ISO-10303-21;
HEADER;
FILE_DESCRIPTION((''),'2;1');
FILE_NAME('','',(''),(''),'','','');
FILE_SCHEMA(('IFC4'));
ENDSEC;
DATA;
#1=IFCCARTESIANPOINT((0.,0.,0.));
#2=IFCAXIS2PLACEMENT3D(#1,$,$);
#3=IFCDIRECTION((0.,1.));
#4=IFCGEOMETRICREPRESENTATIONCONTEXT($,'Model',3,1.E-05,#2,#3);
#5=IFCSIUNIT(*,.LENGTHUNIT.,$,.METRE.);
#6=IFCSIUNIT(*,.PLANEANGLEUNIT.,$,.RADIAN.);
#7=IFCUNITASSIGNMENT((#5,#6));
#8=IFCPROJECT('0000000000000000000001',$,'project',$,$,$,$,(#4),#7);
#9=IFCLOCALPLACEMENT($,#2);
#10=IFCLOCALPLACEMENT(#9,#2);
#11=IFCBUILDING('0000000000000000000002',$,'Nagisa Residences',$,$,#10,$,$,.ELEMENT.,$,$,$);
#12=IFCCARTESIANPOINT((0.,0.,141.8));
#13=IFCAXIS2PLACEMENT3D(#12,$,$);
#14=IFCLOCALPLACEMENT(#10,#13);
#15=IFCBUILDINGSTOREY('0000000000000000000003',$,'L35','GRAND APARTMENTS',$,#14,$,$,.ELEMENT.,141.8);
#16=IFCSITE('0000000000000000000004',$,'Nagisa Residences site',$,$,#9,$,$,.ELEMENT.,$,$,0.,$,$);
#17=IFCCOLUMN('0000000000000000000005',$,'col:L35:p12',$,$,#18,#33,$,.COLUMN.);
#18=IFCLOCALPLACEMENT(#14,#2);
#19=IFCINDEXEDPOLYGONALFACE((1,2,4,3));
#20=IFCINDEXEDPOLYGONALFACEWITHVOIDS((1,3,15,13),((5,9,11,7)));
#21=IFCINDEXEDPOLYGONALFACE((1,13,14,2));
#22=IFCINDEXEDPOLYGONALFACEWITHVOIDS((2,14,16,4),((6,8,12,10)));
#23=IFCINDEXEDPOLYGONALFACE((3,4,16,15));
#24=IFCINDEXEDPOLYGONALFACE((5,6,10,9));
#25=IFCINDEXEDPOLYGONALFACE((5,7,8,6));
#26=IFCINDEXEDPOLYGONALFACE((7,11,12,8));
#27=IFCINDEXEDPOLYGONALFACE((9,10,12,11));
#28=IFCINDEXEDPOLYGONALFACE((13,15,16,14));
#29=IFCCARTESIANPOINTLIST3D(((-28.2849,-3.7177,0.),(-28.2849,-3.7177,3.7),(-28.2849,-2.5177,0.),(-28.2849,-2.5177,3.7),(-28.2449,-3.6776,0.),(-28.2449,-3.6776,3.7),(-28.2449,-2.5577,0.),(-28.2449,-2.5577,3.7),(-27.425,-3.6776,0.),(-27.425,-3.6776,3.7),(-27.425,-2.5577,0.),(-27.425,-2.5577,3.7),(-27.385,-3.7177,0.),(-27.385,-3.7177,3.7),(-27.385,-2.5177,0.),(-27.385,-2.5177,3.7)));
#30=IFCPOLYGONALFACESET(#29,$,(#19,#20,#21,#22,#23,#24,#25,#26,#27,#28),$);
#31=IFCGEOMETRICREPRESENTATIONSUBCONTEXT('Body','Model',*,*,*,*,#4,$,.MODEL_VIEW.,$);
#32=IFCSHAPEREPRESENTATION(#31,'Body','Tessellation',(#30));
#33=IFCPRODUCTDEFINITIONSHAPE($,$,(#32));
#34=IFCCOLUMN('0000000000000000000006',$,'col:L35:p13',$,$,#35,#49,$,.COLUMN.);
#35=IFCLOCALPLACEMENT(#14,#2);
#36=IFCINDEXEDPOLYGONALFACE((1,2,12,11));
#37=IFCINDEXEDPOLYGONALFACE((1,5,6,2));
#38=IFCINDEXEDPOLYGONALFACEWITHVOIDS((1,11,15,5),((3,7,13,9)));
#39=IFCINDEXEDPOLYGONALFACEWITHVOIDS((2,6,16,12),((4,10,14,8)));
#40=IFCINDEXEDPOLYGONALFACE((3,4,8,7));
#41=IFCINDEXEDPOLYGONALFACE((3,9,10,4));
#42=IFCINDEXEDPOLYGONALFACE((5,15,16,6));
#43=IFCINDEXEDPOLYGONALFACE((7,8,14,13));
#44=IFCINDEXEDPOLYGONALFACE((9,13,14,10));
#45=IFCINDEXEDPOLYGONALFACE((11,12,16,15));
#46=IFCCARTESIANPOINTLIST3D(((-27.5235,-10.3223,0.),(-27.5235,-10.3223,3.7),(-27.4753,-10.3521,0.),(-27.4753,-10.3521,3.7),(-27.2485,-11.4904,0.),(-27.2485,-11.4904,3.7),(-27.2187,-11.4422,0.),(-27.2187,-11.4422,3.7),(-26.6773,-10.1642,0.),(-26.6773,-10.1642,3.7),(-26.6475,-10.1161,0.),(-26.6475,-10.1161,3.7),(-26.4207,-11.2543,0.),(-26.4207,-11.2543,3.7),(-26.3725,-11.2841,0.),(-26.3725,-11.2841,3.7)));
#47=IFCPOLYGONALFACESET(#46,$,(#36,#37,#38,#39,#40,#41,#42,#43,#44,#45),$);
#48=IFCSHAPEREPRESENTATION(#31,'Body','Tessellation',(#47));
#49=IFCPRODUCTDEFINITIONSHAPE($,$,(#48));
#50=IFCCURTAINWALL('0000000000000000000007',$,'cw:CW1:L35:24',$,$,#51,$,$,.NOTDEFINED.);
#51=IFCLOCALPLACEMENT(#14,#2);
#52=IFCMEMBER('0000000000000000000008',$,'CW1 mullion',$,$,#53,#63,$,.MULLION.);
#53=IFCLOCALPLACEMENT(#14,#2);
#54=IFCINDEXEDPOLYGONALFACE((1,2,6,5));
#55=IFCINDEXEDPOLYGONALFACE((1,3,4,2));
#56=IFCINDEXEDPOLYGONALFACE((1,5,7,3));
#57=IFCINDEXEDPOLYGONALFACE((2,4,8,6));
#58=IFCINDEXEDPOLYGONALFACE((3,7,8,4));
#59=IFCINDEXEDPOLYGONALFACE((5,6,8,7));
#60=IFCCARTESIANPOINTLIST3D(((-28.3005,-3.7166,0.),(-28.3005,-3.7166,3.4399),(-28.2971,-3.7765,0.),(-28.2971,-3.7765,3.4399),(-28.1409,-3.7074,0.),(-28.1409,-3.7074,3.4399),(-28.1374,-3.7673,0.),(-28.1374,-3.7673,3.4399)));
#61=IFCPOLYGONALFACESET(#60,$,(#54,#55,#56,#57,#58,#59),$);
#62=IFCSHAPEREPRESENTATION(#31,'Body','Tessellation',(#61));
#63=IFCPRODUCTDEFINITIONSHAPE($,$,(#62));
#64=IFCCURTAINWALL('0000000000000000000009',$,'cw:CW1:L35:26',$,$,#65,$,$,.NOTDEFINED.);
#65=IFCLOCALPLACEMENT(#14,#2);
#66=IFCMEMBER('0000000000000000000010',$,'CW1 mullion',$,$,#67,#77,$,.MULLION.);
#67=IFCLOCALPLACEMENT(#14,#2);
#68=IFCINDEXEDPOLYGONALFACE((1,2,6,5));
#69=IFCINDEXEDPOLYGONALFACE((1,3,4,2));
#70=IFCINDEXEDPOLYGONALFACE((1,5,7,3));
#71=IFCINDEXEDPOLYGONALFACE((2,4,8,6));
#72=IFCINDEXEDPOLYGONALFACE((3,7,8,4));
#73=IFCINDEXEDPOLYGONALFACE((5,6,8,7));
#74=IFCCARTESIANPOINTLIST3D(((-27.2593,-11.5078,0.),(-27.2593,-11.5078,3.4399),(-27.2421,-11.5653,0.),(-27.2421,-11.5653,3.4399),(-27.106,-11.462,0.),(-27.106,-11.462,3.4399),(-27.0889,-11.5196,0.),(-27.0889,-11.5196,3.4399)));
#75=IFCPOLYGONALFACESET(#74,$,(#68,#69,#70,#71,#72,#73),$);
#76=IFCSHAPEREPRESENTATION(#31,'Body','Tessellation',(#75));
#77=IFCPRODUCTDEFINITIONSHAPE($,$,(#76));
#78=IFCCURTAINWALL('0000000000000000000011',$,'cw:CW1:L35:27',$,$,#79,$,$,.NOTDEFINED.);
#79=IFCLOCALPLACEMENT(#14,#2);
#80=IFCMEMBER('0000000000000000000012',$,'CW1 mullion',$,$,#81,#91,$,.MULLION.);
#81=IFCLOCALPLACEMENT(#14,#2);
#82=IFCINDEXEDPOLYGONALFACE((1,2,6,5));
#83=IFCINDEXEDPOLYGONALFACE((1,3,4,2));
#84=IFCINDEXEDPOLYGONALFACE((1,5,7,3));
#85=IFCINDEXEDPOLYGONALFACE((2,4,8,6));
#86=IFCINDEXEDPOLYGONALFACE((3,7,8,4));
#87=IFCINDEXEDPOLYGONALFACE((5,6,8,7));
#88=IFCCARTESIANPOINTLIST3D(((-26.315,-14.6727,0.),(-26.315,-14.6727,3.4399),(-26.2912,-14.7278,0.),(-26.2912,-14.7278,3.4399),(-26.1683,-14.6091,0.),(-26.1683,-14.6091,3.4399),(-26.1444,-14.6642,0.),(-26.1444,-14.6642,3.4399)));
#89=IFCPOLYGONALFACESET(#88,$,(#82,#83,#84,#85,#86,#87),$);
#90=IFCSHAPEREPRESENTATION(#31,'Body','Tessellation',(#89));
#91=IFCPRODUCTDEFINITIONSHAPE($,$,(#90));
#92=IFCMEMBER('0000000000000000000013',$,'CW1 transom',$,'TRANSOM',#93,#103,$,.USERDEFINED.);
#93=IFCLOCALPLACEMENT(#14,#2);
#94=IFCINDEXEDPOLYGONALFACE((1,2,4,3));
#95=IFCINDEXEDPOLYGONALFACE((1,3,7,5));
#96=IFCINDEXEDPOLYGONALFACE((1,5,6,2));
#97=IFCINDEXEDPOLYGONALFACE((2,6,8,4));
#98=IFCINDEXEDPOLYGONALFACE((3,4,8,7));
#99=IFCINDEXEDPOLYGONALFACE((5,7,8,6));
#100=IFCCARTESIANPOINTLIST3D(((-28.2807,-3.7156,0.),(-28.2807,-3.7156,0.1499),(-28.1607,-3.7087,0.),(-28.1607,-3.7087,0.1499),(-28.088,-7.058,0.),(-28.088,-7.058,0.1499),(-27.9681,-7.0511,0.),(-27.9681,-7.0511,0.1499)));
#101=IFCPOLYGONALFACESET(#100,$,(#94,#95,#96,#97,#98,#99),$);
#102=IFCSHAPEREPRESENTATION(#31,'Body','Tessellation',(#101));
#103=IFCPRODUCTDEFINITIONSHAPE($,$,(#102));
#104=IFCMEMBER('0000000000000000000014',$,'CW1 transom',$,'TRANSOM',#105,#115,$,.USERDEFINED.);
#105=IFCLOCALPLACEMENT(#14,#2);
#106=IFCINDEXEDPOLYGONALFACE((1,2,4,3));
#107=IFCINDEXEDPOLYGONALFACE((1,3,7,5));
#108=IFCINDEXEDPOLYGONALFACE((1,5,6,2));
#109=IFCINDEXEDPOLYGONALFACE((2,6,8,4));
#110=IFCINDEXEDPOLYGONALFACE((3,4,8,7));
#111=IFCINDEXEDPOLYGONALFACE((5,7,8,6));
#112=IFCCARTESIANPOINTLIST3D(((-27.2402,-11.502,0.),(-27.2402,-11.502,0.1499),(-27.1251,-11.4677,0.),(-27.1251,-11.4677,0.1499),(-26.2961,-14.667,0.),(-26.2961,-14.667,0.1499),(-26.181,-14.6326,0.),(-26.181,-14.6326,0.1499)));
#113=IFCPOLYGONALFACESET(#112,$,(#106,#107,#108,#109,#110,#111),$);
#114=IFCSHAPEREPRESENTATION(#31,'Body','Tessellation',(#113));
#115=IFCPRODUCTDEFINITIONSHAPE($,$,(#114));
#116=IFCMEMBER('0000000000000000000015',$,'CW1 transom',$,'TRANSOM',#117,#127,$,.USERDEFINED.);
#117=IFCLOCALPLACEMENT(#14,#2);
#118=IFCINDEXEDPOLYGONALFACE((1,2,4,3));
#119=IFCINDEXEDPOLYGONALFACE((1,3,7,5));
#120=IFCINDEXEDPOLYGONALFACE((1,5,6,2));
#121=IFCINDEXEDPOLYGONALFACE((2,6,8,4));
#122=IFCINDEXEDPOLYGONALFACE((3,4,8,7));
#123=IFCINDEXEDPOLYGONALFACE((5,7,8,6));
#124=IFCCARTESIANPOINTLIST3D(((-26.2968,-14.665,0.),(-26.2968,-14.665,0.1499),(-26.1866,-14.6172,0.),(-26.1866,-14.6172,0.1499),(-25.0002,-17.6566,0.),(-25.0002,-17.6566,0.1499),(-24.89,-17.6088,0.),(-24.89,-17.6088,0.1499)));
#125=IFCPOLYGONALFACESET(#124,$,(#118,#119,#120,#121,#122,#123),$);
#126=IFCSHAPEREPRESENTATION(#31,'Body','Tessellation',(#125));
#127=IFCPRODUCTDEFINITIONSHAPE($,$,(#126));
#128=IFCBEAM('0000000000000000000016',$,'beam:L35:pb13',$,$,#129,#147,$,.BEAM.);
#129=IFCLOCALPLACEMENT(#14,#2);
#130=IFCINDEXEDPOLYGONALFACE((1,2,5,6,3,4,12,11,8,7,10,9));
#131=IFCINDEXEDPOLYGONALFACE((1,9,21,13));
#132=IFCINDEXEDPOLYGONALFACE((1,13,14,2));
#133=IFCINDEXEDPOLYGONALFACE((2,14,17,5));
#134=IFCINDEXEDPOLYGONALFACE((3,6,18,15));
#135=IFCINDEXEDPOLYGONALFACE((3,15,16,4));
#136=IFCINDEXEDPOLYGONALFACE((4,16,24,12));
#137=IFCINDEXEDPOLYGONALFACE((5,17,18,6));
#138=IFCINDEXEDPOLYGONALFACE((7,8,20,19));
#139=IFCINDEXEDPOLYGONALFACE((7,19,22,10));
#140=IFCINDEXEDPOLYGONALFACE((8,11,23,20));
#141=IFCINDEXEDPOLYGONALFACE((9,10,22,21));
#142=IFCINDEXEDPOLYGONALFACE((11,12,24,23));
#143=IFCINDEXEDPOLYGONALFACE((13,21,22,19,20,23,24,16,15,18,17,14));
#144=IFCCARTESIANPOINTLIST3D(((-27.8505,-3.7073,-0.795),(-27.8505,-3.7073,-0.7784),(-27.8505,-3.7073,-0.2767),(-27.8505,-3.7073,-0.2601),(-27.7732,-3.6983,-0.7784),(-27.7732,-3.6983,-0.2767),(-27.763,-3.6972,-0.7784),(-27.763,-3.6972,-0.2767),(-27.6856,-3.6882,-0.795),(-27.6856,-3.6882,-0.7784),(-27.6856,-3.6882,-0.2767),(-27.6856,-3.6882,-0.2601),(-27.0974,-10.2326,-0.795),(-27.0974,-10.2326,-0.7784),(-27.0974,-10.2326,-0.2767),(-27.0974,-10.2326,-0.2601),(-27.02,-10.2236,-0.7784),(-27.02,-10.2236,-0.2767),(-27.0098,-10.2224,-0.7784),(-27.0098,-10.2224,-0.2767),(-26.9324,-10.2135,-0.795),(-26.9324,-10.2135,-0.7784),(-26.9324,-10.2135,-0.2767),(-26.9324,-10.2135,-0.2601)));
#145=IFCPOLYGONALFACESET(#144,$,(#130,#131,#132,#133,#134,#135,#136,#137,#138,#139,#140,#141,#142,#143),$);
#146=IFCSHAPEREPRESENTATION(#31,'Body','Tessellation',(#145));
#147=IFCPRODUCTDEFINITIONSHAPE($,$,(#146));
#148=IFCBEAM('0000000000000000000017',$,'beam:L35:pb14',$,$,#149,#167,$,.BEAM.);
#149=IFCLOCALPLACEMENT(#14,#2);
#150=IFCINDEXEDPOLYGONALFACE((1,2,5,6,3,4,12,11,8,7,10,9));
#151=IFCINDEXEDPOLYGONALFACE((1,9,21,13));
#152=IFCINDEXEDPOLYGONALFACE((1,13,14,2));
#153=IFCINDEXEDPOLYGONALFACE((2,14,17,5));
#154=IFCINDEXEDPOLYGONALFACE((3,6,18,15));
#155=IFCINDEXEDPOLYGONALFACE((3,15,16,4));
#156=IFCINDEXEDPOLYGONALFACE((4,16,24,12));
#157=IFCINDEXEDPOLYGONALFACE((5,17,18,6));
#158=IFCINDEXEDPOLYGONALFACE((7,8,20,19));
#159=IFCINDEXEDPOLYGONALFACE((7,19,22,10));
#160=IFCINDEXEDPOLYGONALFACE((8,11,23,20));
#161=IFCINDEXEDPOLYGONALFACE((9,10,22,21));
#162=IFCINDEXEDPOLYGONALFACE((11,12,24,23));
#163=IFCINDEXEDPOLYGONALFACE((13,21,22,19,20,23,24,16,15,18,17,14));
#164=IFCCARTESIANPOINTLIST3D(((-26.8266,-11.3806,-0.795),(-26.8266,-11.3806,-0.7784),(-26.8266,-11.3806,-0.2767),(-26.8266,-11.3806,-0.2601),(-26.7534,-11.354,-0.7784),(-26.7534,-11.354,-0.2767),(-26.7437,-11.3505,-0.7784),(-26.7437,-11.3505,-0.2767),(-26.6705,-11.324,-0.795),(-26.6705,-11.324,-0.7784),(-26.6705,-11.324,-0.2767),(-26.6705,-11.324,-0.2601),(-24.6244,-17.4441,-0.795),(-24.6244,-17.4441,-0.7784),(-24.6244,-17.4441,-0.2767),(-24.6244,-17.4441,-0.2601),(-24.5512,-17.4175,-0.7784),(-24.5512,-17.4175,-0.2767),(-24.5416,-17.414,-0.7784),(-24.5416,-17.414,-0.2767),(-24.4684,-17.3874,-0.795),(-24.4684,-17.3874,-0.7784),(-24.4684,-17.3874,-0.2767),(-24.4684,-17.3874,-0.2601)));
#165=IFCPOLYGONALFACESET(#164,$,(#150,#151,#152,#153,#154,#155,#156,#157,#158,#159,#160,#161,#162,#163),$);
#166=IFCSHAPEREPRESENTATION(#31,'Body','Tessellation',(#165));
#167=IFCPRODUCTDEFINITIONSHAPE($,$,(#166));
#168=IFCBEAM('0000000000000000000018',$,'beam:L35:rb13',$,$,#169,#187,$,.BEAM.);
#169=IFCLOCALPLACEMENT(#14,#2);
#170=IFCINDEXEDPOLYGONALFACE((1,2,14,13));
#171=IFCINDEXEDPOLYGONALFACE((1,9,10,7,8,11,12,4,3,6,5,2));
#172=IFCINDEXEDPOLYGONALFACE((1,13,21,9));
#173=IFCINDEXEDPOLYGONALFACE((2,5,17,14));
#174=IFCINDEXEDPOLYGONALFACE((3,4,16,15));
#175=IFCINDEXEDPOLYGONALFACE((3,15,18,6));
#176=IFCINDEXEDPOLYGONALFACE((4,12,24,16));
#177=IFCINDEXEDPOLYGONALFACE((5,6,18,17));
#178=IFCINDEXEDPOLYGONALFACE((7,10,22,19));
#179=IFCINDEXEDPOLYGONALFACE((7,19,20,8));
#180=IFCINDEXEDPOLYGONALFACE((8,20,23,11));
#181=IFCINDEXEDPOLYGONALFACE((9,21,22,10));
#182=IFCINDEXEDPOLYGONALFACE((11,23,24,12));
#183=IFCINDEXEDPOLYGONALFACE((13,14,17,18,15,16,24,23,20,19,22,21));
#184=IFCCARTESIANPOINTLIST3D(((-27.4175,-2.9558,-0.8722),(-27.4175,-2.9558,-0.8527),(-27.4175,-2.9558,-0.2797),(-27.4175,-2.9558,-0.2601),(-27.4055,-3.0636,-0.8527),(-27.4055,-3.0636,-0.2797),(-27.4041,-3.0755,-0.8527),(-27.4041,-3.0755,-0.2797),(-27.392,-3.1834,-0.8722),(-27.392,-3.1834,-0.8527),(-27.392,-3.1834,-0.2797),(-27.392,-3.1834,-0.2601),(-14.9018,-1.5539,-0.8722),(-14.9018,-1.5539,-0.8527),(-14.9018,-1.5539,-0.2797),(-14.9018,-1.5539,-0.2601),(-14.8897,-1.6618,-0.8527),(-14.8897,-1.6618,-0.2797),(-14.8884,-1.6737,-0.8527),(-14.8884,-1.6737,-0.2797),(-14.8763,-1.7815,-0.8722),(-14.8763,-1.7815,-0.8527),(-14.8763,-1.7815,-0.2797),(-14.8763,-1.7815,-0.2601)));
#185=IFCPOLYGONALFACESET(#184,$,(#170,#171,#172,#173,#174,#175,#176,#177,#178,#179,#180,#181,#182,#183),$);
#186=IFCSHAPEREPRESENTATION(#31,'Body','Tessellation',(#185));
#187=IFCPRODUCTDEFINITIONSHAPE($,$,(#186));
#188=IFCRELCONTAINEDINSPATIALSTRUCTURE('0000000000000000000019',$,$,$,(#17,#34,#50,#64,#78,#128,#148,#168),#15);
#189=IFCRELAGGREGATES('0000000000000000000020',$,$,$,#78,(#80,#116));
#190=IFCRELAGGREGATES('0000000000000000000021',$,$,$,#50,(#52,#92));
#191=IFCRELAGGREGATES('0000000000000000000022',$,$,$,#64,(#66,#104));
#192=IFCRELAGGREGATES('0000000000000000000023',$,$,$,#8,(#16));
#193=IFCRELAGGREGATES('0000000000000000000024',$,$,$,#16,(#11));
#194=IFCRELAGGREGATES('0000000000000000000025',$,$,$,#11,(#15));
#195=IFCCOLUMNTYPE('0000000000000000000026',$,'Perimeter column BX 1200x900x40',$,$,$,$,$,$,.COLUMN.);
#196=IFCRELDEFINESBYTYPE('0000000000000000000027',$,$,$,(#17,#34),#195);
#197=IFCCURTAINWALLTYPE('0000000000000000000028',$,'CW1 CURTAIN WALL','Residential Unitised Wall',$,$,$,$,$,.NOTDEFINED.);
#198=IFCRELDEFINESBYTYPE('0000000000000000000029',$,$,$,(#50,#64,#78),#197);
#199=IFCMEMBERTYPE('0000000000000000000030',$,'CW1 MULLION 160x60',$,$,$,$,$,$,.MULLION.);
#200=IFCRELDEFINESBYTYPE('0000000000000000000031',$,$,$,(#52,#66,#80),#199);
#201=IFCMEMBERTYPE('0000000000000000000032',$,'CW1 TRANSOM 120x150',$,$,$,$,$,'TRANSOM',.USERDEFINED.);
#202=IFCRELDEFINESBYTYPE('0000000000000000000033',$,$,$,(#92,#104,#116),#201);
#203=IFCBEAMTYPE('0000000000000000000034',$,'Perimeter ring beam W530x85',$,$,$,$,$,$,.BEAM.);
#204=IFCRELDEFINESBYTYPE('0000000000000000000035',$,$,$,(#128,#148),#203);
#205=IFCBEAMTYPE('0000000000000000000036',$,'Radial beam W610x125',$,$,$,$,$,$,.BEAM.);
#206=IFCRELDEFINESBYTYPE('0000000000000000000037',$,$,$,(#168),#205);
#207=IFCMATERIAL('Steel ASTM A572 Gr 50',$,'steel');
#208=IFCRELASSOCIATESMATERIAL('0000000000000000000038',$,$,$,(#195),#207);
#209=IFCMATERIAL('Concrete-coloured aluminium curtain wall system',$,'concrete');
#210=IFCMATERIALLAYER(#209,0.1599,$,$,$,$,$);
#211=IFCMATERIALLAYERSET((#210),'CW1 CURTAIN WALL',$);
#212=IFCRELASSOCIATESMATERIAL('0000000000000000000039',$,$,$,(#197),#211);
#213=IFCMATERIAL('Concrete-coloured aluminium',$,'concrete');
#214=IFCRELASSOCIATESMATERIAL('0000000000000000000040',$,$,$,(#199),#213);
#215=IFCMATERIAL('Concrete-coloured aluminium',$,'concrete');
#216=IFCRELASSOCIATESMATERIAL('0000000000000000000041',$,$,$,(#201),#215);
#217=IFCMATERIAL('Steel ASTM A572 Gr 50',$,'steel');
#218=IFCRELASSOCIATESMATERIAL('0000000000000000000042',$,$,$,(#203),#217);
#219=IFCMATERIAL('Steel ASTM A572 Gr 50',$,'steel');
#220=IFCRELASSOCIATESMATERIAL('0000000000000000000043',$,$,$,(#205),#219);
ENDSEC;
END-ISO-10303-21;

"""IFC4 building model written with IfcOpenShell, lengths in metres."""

from ifc_helpers import new_model, si_unit, direction, frame, origin, origin_2d, place, context, subcontext, project, spatial, rectangle, hollow_rectangle, i_section, extrude, material, layer, layer_set, material_profile, profile_set, type_object, element, aggregate, save


model = new_model("IFC4")

# Units and contexts
model_context = context("Model", 3, precision=1e-05, world=origin(), true_north=direction((0.0, 1.0)))
body_context = subcontext(model_context, "Body", "Model", "MODEL_VIEW")
ifc_project = project(units=[si_unit("LENGTHUNIT", "METRE"), si_unit("PLANEANGLEUNIT", "RADIAN")], contexts=[model_context])

# Site, building, storey
site_placement = place(None, origin())
site = spatial("IfcSite", under=ifc_project, at=site_placement, Name="Nagisa Residences site", CompositionType="ELEMENT", RefElevation=0.0)
building_placement = place(site_placement, origin())
building = spatial("IfcBuilding", under=site, at=building_placement, Name="Nagisa Residences", CompositionType="ELEMENT")
storey_placement = place(building_placement, frame((0.0, 0.0, 141.8)))
storey = spatial("IfcBuildingStorey", under=building, at=storey_placement, Name="L35", Description="GRAND APARTMENTS", CompositionType="ELEMENT", Elevation=141.8)

# Columns
ifc_material_1 = material(Name="Steel ASTM A572 Gr 50", Category="steel")
ifc_material_profile_1 = material_profile(ifc_material_1, hollow_rectangle(XDim=1.2, YDim=0.8999, WallThickness=0.04, at=origin_2d()), Name="BX 1200x900x40")
ifc_profile_set_1 = profile_set([ifc_material_profile_1], Name="Steel ASTM A572 Gr 50")
column_type = type_object("IfcColumnType", Name="Perimeter column BX 1200x900x40", PredefinedType="COLUMN", material=ifc_profile_set_1)
for number, where, z_axis, x_axis, name in (
    (1, (-27.835, -3.1177, 0.0), (0.0, 0.0, 1.0), (0.0, -1.0, 0.0), "col:L35:p12"),
    (2, (-26.948, -10.8032, 0.0), (0.0, 0.0, 1.0), (0.229202, -0.973379, 0.0), "col:L35:p13"),
):
    element("IfcColumn", number, at=place(storey_placement, frame(where, z_axis=z_axis, x_axis=x_axis)), inside=storey, type_object=column_type, Name=name, PredefinedType="COLUMN", context=body_context, shape_type="SweptSolid", body=[
        extrude(hollow_rectangle(XDim=1.2, YDim=0.8999, WallThickness=0.04, at=origin_2d()), origin(), (0.0, 0.0, 1.0), 3.7),
    ])

# Curtain walls, members
ifc_material_2 = material(Name="Concrete-coloured aluminium curtain wall system", Category="concrete")
ifc_layer_1 = layer(ifc_material_2, 0.1599)
ifc_layer_set_1 = layer_set([ifc_layer_1], Name="CW1 CURTAIN WALL")
curtain_wall_type = type_object("IfcCurtainWallType", Name="CW1 CURTAIN WALL", Description="Residential Unitised Wall", PredefinedType="NOTDEFINED", material=ifc_layer_set_1)
curtain_wall_1_placement = place(storey_placement, origin())
curtain_wall_1 = element("IfcCurtainWall", 3, at=curtain_wall_1_placement, inside=storey, type_object=curtain_wall_type, Name="cw:CW1:L35:24", PredefinedType="NOTDEFINED")
ifc_material_3 = material(Name="Concrete-coloured aluminium", Category="concrete")
ifc_material_profile_2 = material_profile(ifc_material_3, rectangle(XDim=0.1599, YDim=0.0601, at=origin_2d()), Name="CW1 MULLION 160x60")
ifc_profile_set_2 = profile_set([ifc_material_profile_2], Name="Concrete-coloured aluminium")
member_type_1 = type_object("IfcMemberType", Name="CW1 MULLION 160x60", PredefinedType="MULLION", material=ifc_profile_set_2)
member_1_placement = place(storey_placement, frame((-28.219, -3.7419, 0.0), z_axis=(0.0, 0.0, 1.0), x_axis=(0.998345, 0.057503, 0.0)))
member_1 = element("IfcMember", 4, at=member_1_placement, type_object=member_type_1, Name="CW1 mullion", PredefinedType="MULLION", context=body_context, shape_type="SweptSolid", body=[
    extrude(rectangle(XDim=0.1599, YDim=0.0601, at=origin_2d()), origin(), (0.0, 0.0, 1.0), 3.4399),
])
curtain_wall_2_placement = place(storey_placement, origin())
curtain_wall_2 = element("IfcCurtainWall", 5, at=curtain_wall_2_placement, inside=storey, type_object=curtain_wall_type, Name="cw:CW1:L35:26", PredefinedType="NOTDEFINED")
member_2_placement = place(storey_placement, frame((-27.1741, -11.5137, 0.0), z_axis=(0.0, 0.0, 1.0), x_axis=(0.958271, 0.28586, 0.0)))
member_2 = element("IfcMember", 6, at=member_2_placement, type_object=member_type_1, Name="CW1 mullion", PredefinedType="MULLION", context=body_context, shape_type="SweptSolid", body=[
    extrude(rectangle(XDim=0.1599, YDim=0.0601, at=origin_2d()), origin(), (0.0, 0.0, 1.0), 3.4399),
])
curtain_wall_3_placement = place(storey_placement, origin())
curtain_wall_3 = element("IfcCurtainWall", 7, at=curtain_wall_3_placement, inside=storey, type_object=curtain_wall_type, Name="cw:CW1:L35:27", PredefinedType="NOTDEFINED")
member_3_placement = place(storey_placement, frame((-26.2297, -14.6685, 0.0), z_axis=(0.0, 0.0, 1.0), x_axis=(0.917543, 0.397636, 0.0)))
member_3 = element("IfcMember", 8, at=member_3_placement, type_object=member_type_1, Name="CW1 mullion", PredefinedType="MULLION", context=body_context, shape_type="SweptSolid", body=[
    extrude(rectangle(XDim=0.1599, YDim=0.0601, at=origin_2d()), origin(), (0.0, 0.0, 1.0), 3.4399),
])

# Members
ifc_material_4 = material(Name="Concrete-coloured aluminium", Category="concrete")
ifc_material_profile_3 = material_profile(ifc_material_4, rectangle(XDim=0.1201, YDim=0.1499, at=origin_2d()), Name="CW1 TRANSOM 120x150")
ifc_profile_set_3 = profile_set([ifc_material_profile_3], Name="Concrete-coloured aluminium")
member_type_2 = type_object("IfcMemberType", Name="CW1 TRANSOM 120x150", ElementType="TRANSOM", PredefinedType="USERDEFINED", material=ifc_profile_set_3)
member_4_placement = place(storey_placement, frame((-28.2207, -3.7122, 0.075), z_axis=(0.057538, -0.998343, 0.0), x_axis=(0.998343, 0.057538, 0.0)))
member_4 = element("IfcMember", 9, at=member_4_placement, type_object=member_type_2, Name="CW1 transom", ObjectType="TRANSOM", PredefinedType="USERDEFINED", context=body_context, shape_type="SweptSolid", body=[
    extrude(rectangle(XDim=0.1201, YDim=0.1499, at=origin_2d()), origin(), (0.0, 0.0, 1.0), 3.3479),
])
member_5_placement = place(storey_placement, frame((-27.1826, -11.4849, 0.075), z_axis=(0.285842, -0.958277, 0.0), x_axis=(0.958277, 0.285842, 0.0)))
member_5 = element("IfcMember", 10, at=member_5_placement, type_object=member_type_2, Name="CW1 transom", ObjectType="TRANSOM", PredefinedType="USERDEFINED", context=body_context, shape_type="SweptSolid", body=[
    extrude(rectangle(XDim=0.1201, YDim=0.1499, at=origin_2d()), origin(), (0.0, 0.0, 1.0), 3.3027),
])
member_6_placement = place(storey_placement, frame((-26.2417, -14.6411, 0.075), z_axis=(0.397666, -0.91753, 0.0), x_axis=(0.91753, 0.397666, 0.0)))
member_6 = element("IfcMember", 11, at=member_6_placement, type_object=member_type_2, Name="CW1 transom", ObjectType="TRANSOM", PredefinedType="USERDEFINED", context=body_context, shape_type="SweptSolid", body=[
    extrude(rectangle(XDim=0.1201, YDim=0.1499, at=origin_2d()), origin(), (0.0, 0.0, 1.0), 3.2605),
])
aggregate(curtain_wall_3, [member_3, member_6])

# Beams
ifc_material_5 = material(Name="Steel ASTM A572 Gr 50", Category="steel")
ifc_material_profile_4 = material_profile(ifc_material_5, i_section(OverallWidth=0.166, OverallDepth=0.5349, WebThickness=0.0103, FlangeThickness=0.0166, at=origin_2d()), Name="W530x85")
ifc_profile_set_4 = profile_set([ifc_material_profile_4], Name="Steel ASTM A572 Gr 50")
beam_type_1 = type_object("IfcBeamType", Name="Perimeter ring beam W530x85", PredefinedType="BEAM", material=ifc_profile_set_4)
beam_1_placement = place(storey_placement, frame((-27.7681, -3.6978, -0.5276), z_axis=(0.114661, -0.993405, 0.0), x_axis=(0.993405, 0.114661, 0.0)))
element("IfcBeam", 12, at=beam_1_placement, inside=storey, type_object=beam_type_1, Name="beam:L35:pb13", PredefinedType="BEAM", context=body_context, shape_type="SweptSolid", body=[
    extrude(i_section(OverallWidth=0.166, OverallDepth=0.5349, WebThickness=0.0103, FlangeThickness=0.0166, at=origin_2d()), origin(), (0.0, 0.0, 1.0), 6.5686),
])
beam_2_placement = place(storey_placement, frame((-26.7485, -11.3523, -0.5276), z_axis=(0.341366, -0.93993, 0.0), x_axis=(0.93993, 0.341366, 0.0)))
element("IfcBeam", 13, at=beam_2_placement, inside=storey, type_object=beam_type_1, Name="beam:L35:pb14", PredefinedType="BEAM", context=body_context, shape_type="SweptSolid", body=[
    extrude(i_section(OverallWidth=0.166, OverallDepth=0.5349, WebThickness=0.0103, FlangeThickness=0.0166, at=origin_2d()), origin(), (0.0, 0.0, 1.0), 6.4509),
])
ifc_material_6 = material(Name="Steel ASTM A572 Gr 50", Category="steel")
ifc_material_profile_5 = material_profile(ifc_material_6, i_section(OverallWidth=0.229, OverallDepth=0.6121, WebThickness=0.012, FlangeThickness=0.0195, at=origin_2d()), Name="W610x125")
ifc_profile_set_5 = profile_set([ifc_material_profile_5], Name="Steel ASTM A572 Gr 50")
beam_type_2 = type_object("IfcBeamType", Name="Radial beam W610x125", PredefinedType="BEAM", material=ifc_profile_set_5)
beam_3_placement = place(storey_placement, frame((-27.4048, -3.0696, -0.5662), z_axis=(0.993785, 0.111312, 0.0), x_axis=(-0.111312, 0.993785, 0.0)))
element("IfcBeam", 14, at=beam_3_placement, inside=storey, type_object=beam_type_2, Name="beam:L35:rb13", PredefinedType="BEAM", context=body_context, shape_type="SweptSolid", body=[
    extrude(i_section(OverallWidth=0.229, OverallDepth=0.6121, WebThickness=0.012, FlangeThickness=0.0195, at=origin_2d()), origin(), (0.0, 0.0, 1.0), 12.594),
])

aggregate(curtain_wall_1, [member_1, member_4])
aggregate(curtain_wall_2, [member_2, member_5])

save(model, "model.ifc")
